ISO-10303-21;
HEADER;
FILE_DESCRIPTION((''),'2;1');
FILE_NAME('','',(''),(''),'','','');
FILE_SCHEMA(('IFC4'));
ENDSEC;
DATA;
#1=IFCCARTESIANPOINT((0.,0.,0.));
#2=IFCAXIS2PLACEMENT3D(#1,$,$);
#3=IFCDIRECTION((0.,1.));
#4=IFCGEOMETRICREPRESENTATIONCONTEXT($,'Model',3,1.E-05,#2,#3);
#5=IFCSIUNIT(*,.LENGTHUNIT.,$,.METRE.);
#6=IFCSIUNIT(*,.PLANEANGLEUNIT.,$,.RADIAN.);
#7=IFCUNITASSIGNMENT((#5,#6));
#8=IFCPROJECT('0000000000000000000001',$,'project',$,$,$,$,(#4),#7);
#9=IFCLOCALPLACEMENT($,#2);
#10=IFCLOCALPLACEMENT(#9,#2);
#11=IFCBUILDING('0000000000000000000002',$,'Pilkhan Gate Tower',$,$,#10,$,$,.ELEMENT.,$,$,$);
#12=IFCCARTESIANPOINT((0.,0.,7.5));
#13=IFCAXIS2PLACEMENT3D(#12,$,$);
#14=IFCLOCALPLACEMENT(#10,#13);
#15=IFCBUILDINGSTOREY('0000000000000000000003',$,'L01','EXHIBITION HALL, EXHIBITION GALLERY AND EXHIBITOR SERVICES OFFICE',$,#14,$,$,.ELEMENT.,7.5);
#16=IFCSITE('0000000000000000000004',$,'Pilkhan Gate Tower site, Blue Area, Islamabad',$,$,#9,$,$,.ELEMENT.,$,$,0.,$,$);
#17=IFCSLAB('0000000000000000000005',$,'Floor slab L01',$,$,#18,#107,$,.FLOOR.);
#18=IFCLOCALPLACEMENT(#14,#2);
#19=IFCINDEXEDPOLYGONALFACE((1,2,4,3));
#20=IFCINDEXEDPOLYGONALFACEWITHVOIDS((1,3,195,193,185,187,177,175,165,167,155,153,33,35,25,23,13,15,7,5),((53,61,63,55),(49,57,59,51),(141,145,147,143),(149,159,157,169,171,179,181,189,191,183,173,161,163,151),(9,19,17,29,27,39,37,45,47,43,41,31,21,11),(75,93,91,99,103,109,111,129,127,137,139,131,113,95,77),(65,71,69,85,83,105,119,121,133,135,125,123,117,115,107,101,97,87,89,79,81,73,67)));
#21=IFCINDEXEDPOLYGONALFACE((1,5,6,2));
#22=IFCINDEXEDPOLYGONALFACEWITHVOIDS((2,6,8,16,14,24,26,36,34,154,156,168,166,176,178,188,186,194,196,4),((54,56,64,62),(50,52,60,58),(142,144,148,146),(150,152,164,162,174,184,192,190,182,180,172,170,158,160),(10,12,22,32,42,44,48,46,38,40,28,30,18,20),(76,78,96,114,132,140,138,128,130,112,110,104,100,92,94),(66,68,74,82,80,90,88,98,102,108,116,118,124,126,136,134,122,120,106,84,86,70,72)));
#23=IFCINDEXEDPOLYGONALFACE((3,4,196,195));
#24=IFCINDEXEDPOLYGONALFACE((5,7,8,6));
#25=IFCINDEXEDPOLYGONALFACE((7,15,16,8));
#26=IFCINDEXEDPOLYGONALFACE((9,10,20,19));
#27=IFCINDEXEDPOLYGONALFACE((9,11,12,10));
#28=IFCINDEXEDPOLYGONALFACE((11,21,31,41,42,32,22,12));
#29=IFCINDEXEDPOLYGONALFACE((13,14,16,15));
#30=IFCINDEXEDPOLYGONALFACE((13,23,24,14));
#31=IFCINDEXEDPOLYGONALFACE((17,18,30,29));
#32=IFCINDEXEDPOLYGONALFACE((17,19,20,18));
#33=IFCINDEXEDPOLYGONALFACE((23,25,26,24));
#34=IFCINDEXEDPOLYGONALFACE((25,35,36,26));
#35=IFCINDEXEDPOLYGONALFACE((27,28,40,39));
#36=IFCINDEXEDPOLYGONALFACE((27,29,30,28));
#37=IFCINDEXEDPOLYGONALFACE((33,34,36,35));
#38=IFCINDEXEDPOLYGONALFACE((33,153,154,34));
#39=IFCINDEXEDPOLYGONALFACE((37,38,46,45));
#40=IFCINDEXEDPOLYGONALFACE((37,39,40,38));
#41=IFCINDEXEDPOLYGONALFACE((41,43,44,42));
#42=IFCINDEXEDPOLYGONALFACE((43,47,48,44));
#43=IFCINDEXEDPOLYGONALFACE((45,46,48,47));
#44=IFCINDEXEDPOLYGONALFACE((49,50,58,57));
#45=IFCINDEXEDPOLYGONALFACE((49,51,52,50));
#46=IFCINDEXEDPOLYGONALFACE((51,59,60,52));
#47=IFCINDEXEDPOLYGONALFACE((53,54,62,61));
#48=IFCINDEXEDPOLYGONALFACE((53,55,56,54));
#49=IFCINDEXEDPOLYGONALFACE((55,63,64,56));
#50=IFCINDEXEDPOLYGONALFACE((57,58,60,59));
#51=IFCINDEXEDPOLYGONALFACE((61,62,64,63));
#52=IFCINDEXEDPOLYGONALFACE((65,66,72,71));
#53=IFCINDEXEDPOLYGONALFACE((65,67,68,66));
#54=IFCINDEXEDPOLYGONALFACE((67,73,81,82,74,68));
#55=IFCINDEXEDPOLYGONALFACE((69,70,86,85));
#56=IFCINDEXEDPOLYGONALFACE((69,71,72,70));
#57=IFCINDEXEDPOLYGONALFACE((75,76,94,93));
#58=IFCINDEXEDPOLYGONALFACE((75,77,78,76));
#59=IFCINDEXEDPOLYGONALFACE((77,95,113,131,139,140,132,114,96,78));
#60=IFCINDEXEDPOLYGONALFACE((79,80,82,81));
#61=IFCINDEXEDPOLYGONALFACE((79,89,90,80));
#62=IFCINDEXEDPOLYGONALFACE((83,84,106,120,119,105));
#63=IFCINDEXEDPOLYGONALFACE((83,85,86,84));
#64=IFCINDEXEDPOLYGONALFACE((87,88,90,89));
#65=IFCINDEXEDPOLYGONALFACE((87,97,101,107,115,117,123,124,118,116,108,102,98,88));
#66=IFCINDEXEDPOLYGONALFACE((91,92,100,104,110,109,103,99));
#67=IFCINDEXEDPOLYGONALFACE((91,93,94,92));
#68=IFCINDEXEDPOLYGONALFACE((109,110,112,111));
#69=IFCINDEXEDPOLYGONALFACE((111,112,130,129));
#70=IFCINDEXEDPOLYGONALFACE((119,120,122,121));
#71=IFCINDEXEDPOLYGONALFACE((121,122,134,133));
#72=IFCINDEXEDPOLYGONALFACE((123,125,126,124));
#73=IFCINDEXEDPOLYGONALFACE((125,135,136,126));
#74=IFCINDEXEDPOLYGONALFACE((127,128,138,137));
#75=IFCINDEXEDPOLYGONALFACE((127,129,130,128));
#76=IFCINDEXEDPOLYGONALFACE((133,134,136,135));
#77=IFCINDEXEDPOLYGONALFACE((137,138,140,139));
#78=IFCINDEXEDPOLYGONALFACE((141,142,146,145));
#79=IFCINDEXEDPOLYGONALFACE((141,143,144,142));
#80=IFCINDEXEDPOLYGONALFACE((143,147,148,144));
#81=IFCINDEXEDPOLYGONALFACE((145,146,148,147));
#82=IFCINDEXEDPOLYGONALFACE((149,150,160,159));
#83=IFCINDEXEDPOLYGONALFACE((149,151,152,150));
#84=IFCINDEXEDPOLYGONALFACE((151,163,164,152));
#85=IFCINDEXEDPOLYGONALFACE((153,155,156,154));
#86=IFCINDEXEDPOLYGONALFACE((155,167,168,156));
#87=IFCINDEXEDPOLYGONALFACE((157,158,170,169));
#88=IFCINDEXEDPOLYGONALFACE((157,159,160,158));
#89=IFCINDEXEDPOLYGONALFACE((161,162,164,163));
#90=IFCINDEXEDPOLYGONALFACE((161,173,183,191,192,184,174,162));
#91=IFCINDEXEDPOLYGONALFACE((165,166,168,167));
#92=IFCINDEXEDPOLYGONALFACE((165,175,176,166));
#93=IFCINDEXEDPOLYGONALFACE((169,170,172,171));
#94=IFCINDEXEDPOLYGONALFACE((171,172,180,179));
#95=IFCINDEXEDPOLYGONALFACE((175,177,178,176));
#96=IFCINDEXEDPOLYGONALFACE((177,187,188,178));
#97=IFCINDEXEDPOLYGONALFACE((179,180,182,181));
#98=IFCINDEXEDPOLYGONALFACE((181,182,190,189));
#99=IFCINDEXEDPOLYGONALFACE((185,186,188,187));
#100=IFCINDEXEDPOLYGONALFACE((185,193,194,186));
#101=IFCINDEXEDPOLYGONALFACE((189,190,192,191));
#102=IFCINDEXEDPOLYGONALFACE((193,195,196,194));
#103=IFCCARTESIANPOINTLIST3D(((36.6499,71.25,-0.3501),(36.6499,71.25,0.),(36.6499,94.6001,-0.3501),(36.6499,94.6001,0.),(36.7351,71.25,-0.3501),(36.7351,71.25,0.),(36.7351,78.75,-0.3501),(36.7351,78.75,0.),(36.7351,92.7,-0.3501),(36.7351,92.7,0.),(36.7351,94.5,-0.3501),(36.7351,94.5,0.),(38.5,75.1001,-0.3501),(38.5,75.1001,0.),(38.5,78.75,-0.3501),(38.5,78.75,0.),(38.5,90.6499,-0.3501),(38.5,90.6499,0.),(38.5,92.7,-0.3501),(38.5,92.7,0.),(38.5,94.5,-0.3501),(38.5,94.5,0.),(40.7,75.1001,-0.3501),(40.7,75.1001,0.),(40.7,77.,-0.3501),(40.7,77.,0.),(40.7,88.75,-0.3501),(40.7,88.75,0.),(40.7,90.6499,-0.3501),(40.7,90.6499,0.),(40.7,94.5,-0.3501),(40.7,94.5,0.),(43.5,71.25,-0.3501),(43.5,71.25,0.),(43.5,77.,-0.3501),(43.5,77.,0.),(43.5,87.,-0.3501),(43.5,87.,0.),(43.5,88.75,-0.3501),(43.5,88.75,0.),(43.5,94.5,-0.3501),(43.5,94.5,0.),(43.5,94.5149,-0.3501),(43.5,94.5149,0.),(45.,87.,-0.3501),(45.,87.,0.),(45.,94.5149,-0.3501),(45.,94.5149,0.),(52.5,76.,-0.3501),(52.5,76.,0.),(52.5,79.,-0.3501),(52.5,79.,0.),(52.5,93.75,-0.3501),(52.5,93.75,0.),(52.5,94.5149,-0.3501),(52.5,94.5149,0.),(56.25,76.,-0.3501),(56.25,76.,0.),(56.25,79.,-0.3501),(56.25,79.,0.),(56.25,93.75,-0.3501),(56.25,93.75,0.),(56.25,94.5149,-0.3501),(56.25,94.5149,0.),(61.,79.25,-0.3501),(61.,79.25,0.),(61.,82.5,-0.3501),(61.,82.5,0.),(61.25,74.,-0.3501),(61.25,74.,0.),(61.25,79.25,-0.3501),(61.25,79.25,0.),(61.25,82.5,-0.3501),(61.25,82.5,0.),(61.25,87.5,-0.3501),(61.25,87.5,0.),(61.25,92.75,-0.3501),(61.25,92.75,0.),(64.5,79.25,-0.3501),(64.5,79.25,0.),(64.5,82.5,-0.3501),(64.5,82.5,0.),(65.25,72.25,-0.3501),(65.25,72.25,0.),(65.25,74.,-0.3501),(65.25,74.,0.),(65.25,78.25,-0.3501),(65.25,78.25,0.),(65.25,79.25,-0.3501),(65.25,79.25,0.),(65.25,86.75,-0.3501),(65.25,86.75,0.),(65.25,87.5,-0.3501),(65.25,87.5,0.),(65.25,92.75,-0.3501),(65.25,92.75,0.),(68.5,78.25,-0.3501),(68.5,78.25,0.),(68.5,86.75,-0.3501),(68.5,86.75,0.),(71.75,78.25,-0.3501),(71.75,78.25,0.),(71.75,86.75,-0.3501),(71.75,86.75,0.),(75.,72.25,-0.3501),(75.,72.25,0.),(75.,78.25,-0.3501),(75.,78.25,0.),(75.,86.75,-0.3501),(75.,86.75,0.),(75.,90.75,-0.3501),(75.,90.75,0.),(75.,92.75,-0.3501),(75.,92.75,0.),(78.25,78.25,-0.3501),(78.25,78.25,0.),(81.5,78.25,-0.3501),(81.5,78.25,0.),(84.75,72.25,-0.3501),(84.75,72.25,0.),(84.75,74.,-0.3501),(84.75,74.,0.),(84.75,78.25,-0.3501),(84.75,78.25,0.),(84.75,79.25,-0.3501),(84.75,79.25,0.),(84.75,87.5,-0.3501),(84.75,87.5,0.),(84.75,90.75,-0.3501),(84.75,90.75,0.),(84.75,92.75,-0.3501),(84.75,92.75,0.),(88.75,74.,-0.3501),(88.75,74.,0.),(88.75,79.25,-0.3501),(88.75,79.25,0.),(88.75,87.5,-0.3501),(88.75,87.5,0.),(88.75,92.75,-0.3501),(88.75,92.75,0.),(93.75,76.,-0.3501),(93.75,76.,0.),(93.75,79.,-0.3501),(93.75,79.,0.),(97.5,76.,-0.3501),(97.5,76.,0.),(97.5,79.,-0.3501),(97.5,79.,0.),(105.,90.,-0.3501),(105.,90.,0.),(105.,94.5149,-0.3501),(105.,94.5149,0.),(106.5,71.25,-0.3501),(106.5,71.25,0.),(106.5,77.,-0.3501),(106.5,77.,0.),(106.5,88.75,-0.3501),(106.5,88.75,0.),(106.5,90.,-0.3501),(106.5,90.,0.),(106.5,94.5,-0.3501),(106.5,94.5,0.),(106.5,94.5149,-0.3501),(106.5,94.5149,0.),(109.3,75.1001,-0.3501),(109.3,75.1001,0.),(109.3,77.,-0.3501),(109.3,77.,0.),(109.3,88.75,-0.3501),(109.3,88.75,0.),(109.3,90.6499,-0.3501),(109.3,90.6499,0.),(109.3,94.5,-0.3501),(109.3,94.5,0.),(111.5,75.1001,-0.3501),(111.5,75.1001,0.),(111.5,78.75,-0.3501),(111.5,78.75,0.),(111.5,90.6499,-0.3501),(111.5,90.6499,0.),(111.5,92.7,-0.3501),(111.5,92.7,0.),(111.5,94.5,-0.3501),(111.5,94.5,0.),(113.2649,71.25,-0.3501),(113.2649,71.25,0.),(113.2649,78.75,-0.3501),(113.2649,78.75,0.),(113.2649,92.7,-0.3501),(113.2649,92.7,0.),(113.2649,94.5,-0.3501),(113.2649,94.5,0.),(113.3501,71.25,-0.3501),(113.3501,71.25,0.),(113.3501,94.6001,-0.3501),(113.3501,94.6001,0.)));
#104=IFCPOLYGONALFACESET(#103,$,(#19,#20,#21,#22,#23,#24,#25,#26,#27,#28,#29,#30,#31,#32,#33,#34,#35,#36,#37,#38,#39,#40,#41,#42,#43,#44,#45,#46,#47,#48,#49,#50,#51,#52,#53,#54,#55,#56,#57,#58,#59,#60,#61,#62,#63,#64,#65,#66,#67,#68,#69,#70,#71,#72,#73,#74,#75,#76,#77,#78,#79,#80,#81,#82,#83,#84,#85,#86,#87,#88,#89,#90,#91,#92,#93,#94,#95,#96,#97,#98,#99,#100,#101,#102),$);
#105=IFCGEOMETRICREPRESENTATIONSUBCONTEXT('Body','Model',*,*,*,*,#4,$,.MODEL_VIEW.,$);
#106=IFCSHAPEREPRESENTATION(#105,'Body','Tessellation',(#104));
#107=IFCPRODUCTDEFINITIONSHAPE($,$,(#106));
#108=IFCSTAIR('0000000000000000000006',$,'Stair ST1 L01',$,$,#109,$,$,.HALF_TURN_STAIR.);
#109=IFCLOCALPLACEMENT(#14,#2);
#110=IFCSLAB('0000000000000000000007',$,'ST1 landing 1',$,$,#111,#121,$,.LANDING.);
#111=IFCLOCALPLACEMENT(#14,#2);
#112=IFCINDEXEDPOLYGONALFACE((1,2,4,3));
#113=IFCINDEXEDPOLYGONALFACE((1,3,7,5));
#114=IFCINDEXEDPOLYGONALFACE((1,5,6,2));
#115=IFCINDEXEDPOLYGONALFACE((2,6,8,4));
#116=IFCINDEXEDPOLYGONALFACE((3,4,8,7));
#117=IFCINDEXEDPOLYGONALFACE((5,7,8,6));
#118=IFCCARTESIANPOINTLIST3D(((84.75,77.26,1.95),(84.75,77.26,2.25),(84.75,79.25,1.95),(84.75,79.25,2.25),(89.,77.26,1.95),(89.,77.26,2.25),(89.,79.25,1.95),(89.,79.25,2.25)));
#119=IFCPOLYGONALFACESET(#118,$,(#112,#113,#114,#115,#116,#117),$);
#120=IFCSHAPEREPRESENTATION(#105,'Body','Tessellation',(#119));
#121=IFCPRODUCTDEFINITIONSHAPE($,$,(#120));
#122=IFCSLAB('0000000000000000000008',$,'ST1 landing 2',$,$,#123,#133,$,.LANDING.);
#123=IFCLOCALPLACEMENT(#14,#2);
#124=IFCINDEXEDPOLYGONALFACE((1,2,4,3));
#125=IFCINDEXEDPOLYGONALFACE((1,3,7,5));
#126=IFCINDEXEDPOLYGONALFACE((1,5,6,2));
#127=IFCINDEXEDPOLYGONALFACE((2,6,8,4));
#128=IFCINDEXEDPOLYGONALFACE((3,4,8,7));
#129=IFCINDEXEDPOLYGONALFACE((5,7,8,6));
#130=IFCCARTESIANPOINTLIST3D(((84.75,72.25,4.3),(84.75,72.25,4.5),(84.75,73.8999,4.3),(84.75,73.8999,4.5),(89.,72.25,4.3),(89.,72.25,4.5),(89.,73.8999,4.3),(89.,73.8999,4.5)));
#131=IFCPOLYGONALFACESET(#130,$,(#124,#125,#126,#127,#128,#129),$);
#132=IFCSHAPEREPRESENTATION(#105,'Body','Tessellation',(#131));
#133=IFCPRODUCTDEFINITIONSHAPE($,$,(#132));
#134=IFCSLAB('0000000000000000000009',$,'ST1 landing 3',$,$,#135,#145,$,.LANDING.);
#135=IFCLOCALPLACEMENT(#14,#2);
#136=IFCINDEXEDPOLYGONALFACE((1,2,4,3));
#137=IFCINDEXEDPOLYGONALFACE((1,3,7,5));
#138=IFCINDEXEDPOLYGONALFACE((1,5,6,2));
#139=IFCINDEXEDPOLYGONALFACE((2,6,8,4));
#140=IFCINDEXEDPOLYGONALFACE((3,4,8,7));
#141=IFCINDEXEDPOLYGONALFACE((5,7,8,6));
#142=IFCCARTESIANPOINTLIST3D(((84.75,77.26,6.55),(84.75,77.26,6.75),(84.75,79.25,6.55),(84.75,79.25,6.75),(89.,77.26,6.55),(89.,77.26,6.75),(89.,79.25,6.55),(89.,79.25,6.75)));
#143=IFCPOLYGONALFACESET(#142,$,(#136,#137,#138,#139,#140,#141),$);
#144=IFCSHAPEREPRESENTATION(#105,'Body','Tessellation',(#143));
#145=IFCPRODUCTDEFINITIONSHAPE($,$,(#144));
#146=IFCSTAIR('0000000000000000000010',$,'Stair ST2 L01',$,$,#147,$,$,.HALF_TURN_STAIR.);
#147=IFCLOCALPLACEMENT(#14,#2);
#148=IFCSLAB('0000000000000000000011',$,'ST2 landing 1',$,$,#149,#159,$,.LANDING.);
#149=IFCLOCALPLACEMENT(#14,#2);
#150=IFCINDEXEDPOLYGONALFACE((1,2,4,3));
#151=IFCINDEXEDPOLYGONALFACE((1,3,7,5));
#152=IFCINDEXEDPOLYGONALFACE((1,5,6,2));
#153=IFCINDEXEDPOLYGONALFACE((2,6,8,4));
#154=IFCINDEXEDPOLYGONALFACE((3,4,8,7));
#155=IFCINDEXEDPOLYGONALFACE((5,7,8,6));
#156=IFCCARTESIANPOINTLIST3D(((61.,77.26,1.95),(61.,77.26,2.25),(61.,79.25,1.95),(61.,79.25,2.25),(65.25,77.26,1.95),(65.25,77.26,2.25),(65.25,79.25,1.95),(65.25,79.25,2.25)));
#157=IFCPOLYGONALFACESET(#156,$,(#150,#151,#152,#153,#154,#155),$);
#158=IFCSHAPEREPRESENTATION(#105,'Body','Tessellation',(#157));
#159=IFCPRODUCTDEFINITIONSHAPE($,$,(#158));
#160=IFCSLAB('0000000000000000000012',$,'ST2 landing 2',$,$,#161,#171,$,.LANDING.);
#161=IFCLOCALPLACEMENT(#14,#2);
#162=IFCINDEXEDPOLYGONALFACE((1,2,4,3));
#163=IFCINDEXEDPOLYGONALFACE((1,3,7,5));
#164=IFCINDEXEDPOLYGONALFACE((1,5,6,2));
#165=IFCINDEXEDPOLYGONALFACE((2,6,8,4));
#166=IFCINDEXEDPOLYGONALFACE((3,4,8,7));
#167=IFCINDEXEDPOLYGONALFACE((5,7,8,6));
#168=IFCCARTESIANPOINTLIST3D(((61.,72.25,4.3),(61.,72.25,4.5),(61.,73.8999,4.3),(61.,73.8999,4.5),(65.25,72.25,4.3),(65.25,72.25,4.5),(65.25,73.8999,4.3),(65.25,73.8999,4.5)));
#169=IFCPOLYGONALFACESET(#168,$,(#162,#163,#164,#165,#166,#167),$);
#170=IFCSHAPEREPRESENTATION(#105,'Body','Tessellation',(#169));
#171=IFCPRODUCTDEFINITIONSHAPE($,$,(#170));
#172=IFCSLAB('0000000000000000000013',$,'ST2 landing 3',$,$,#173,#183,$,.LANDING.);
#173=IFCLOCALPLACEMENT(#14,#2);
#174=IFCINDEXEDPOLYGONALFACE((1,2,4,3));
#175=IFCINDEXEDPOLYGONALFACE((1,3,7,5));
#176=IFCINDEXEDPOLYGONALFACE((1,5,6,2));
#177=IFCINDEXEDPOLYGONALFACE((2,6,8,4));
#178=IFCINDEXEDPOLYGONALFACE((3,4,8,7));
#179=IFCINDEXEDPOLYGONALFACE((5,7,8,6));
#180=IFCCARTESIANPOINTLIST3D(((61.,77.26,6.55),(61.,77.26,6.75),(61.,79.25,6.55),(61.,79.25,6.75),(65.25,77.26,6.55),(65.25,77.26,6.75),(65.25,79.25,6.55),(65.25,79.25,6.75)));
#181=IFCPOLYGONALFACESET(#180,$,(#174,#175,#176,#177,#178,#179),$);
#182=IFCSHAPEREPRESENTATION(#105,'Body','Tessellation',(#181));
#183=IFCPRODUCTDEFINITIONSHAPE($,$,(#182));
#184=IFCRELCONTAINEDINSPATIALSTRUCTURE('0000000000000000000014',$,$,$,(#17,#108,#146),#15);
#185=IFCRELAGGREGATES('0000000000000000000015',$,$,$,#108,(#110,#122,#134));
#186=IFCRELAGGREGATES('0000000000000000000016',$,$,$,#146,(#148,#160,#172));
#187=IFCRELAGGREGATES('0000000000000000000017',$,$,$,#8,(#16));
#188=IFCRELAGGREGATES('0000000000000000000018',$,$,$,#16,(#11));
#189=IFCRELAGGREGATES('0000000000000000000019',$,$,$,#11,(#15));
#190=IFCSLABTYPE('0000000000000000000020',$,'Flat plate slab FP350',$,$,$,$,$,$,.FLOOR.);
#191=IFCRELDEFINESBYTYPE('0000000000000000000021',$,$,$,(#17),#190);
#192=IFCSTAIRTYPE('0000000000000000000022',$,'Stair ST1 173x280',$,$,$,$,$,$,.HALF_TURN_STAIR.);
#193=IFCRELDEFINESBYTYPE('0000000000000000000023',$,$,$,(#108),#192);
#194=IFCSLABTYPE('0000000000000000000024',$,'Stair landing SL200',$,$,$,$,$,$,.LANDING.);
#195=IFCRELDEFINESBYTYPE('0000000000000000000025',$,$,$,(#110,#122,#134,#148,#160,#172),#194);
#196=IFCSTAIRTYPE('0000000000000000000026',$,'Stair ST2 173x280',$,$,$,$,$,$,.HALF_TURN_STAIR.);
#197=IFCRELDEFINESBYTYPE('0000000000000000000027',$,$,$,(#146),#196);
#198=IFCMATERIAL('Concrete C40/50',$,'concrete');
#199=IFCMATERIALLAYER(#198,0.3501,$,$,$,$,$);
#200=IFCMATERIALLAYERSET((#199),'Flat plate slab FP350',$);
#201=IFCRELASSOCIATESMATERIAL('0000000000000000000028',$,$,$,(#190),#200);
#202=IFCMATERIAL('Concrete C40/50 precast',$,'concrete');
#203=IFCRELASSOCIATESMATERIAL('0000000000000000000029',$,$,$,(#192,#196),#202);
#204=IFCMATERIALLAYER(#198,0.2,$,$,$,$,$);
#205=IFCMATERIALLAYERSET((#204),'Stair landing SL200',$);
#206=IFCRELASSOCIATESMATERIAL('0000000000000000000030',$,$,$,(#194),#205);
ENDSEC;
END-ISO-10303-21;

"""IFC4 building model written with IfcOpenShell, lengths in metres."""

from ifc_helpers import new_model, si_unit, direction, frame, origin, place, context, subcontext, project, spatial, polyline, outline, extrude, material, layer, layer_set, type_object, element, aggregate, save


model = new_model("IFC4")

# Units and contexts
model_context = context("Model", 3, precision=1e-05, world=origin(), true_north=direction((0.0, 1.0)))
body_context = subcontext(model_context, "Body", "Model", "MODEL_VIEW")
ifc_project = project(units=[si_unit("LENGTHUNIT", "METRE"), si_unit("PLANEANGLEUNIT", "RADIAN")], contexts=[model_context])

# Site, building, storey
site_placement = place(None, origin())
site = spatial("IfcSite", under=ifc_project, at=site_placement, Name="Pilkhan Gate Tower site, Blue Area, Islamabad", CompositionType="ELEMENT", RefElevation=0.0)
building_placement = place(site_placement, origin())
building = spatial("IfcBuilding", under=site, at=building_placement, Name="Pilkhan Gate Tower", CompositionType="ELEMENT")
storey_placement = place(building_placement, frame((0.0, 0.0, 7.5)))
storey = spatial("IfcBuildingStorey", under=building, at=storey_placement, Name="L01", Description="EXHIBITION HALL, EXHIBITION GALLERY AND EXHIBITOR SERVICES OFFICE", CompositionType="ELEMENT", Elevation=7.5)

# Slab
ifc_material_1 = material(Name="Concrete C40/50", Category="concrete")
ifc_layer_1 = layer(ifc_material_1, 0.3501)
ifc_layer_set_1 = layer_set([ifc_layer_1], Name="Flat plate slab FP350")
slab_type_1 = type_object("IfcSlabType", Name="Flat plate slab FP350", PredefinedType="FLOOR", material=ifc_layer_set_1)
slab_1_placement = place(storey_placement, frame((0.0, 0.0, -0.3501)))
element("IfcSlab", 1, at=slab_1_placement, inside=storey, type_object=slab_type_1, Name="Floor slab L01", PredefinedType="FLOOR", context=body_context, shape_type="SweptSolid", body=[
    extrude(outline(polyline([(36.6499, 94.6001), (113.3501, 94.6001), (113.3501, 71.25), (113.2649, 71.25), (113.2649, 78.75), (111.5, 78.75), (111.5, 75.1001), (109.3, 75.1001), (109.3, 77.0), (106.5, 77.0), (106.5, 71.25), (43.5, 71.25), (43.5, 77.0), (40.7, 77.0), (40.7, 75.1001), (38.5, 75.1001), (38.5, 78.75), (36.7351, 78.75), (36.7351, 71.25), (36.6499, 71.25), (36.6499, 94.6001)]), holes=[polyline([(109.3, 94.5), (106.5, 94.5), (106.5, 94.5149), (105.0, 94.5149), (105.0, 90.0), (106.5, 90.0), (106.5, 88.75), (109.3, 88.75), (109.3, 90.6499), (111.5, 90.6499), (111.5, 92.7), (113.2649, 92.7), (113.2649, 94.5), (111.5, 94.5), (109.3, 94.5)]), polyline([(97.5, 79.0), (93.75, 79.0), (93.75, 76.0), (97.5, 76.0), (97.5, 79.0)]), polyline([(71.75, 86.75), (75.0, 86.75), (75.0, 90.75), (84.75, 90.75), (84.75, 87.5), (88.75, 87.5), (88.75, 92.75), (84.75, 92.75), (75.0, 92.75), (65.25, 92.75), (61.25, 92.75), (61.25, 87.5), (65.25, 87.5), (65.25, 86.75), (68.5, 86.75), (71.75, 86.75)]), polyline([(84.75, 72.25), (84.75, 74.0), (88.75, 74.0), (88.75, 79.25), (84.75, 79.25), (84.75, 78.25), (81.5, 78.25), (78.25, 78.25), (75.0, 78.25), (71.75, 78.25), (68.5, 78.25), (65.25, 78.25), (65.25, 79.25), (64.5, 79.25), (64.5, 82.5), (61.25, 82.5), (61.0, 82.5), (61.0, 79.25), (61.25, 79.25), (61.25, 74.0), (65.25, 74.0), (65.25, 72.25), (75.0, 72.25), (84.75, 72.25)]), polyline([(56.25, 79.0), (52.5, 79.0), (52.5, 76.0), (56.25, 76.0), (56.25, 79.0)]), polyline([(38.5, 90.6499), (40.7, 90.6499), (40.7, 88.75), (43.5, 88.75), (43.5, 87.0), (45.0, 87.0), (45.0, 94.5149), (43.5, 94.5149), (43.5, 94.5), (40.7, 94.5), (38.5, 94.5), (36.7351, 94.5), (36.7351, 92.7), (38.5, 92.7), (38.5, 90.6499)]), polyline([(56.25, 93.75), (56.25, 94.5149), (52.5, 94.5149), (52.5, 93.75), (56.25, 93.75)])]), origin(), (0.0, 0.0, 1.0), 0.3501),
])

# Stairs, slabs
ifc_material_2 = material(Name="Concrete C40/50 precast", Category="concrete")
stair_type_1 = type_object("IfcStairType", Name="Stair ST1 173x280", PredefinedType="HALF_TURN_STAIR", material=ifc_material_2)
stair_1_placement = place(storey_placement, origin())
stair_1 = element("IfcStair", 2, at=stair_1_placement, inside=storey, type_object=stair_type_1, Name="Stair ST1 L01", PredefinedType="HALF_TURN_STAIR")
ifc_layer_2 = layer(ifc_material_1, 0.2)
ifc_layer_set_2 = layer_set([ifc_layer_2], Name="Stair landing SL200")
slab_type_2 = type_object("IfcSlabType", Name="Stair landing SL200", PredefinedType="LANDING", material=ifc_layer_set_2)
slab_2_placement = place(storey_placement, frame((0.0, 0.0, 1.95)))
slab_2 = element("IfcSlab", 3, at=slab_2_placement, type_object=slab_type_2, Name="ST1 landing 1", PredefinedType="LANDING", context=body_context, shape_type="SweptSolid", body=[
    extrude(outline(polyline([(89.0, 77.26), (89.0, 79.25), (84.75, 79.25), (84.75, 77.26), (89.0, 77.26)])), origin(), (0.0, 0.0, 1.0), 0.3),
])
slab_3_placement = place(storey_placement, frame((0.0, 0.0, 4.3)))
slab_3 = element("IfcSlab", 4, at=slab_3_placement, type_object=slab_type_2, Name="ST1 landing 2", PredefinedType="LANDING", context=body_context, shape_type="SweptSolid", body=[
    extrude(outline(polyline([(89.0, 72.25), (89.0, 73.8999), (84.75, 73.8999), (84.75, 72.25), (89.0, 72.25)])), origin(), (0.0, 0.0, 1.0), 0.2),
])
slab_4_placement = place(storey_placement, frame((0.0, 0.0, 6.55)))
slab_4 = element("IfcSlab", 5, at=slab_4_placement, type_object=slab_type_2, Name="ST1 landing 3", PredefinedType="LANDING", context=body_context, shape_type="SweptSolid", body=[
    extrude(outline(polyline([(89.0, 77.26), (89.0, 79.25), (84.75, 79.25), (84.75, 77.26), (89.0, 77.26)])), origin(), (0.0, 0.0, 1.0), 0.2),
])
aggregate(stair_1, [slab_2, slab_3, slab_4])
stair_type_2 = type_object("IfcStairType", Name="Stair ST2 173x280", PredefinedType="HALF_TURN_STAIR", material=ifc_material_2)
stair_2_placement = place(storey_placement, origin())
stair_2 = element("IfcStair", 6, at=stair_2_placement, inside=storey, type_object=stair_type_2, Name="Stair ST2 L01", PredefinedType="HALF_TURN_STAIR")
slab_5_placement = place(storey_placement, frame((0.0, 0.0, 1.95)))
slab_5 = element("IfcSlab", 7, at=slab_5_placement, type_object=slab_type_2, Name="ST2 landing 1", PredefinedType="LANDING", context=body_context, shape_type="SweptSolid", body=[
    extrude(outline(polyline([(65.25, 77.26), (65.25, 79.25), (61.0, 79.25), (61.0, 77.26), (65.25, 77.26)])), origin(), (0.0, 0.0, 1.0), 0.3),
])
slab_6_placement = place(storey_placement, frame((0.0, 0.0, 4.3)))
slab_6 = element("IfcSlab", 8, at=slab_6_placement, type_object=slab_type_2, Name="ST2 landing 2", PredefinedType="LANDING", context=body_context, shape_type="SweptSolid", body=[
    extrude(outline(polyline([(65.25, 72.25), (65.25, 73.8999), (61.0, 73.8999), (61.0, 72.25), (65.25, 72.25)])), origin(), (0.0, 0.0, 1.0), 0.2),
])
slab_7_placement = place(storey_placement, frame((0.0, 0.0, 6.55)))
slab_7 = element("IfcSlab", 9, at=slab_7_placement, type_object=slab_type_2, Name="ST2 landing 3", PredefinedType="LANDING", context=body_context, shape_type="SweptSolid", body=[
    extrude(outline(polyline([(65.25, 77.26), (65.25, 79.25), (61.0, 79.25), (61.0, 77.26), (65.25, 77.26)])), origin(), (0.0, 0.0, 1.0), 0.2),
])
aggregate(stair_2, [slab_5, slab_6, slab_7])

save(model, "model.ifc")
